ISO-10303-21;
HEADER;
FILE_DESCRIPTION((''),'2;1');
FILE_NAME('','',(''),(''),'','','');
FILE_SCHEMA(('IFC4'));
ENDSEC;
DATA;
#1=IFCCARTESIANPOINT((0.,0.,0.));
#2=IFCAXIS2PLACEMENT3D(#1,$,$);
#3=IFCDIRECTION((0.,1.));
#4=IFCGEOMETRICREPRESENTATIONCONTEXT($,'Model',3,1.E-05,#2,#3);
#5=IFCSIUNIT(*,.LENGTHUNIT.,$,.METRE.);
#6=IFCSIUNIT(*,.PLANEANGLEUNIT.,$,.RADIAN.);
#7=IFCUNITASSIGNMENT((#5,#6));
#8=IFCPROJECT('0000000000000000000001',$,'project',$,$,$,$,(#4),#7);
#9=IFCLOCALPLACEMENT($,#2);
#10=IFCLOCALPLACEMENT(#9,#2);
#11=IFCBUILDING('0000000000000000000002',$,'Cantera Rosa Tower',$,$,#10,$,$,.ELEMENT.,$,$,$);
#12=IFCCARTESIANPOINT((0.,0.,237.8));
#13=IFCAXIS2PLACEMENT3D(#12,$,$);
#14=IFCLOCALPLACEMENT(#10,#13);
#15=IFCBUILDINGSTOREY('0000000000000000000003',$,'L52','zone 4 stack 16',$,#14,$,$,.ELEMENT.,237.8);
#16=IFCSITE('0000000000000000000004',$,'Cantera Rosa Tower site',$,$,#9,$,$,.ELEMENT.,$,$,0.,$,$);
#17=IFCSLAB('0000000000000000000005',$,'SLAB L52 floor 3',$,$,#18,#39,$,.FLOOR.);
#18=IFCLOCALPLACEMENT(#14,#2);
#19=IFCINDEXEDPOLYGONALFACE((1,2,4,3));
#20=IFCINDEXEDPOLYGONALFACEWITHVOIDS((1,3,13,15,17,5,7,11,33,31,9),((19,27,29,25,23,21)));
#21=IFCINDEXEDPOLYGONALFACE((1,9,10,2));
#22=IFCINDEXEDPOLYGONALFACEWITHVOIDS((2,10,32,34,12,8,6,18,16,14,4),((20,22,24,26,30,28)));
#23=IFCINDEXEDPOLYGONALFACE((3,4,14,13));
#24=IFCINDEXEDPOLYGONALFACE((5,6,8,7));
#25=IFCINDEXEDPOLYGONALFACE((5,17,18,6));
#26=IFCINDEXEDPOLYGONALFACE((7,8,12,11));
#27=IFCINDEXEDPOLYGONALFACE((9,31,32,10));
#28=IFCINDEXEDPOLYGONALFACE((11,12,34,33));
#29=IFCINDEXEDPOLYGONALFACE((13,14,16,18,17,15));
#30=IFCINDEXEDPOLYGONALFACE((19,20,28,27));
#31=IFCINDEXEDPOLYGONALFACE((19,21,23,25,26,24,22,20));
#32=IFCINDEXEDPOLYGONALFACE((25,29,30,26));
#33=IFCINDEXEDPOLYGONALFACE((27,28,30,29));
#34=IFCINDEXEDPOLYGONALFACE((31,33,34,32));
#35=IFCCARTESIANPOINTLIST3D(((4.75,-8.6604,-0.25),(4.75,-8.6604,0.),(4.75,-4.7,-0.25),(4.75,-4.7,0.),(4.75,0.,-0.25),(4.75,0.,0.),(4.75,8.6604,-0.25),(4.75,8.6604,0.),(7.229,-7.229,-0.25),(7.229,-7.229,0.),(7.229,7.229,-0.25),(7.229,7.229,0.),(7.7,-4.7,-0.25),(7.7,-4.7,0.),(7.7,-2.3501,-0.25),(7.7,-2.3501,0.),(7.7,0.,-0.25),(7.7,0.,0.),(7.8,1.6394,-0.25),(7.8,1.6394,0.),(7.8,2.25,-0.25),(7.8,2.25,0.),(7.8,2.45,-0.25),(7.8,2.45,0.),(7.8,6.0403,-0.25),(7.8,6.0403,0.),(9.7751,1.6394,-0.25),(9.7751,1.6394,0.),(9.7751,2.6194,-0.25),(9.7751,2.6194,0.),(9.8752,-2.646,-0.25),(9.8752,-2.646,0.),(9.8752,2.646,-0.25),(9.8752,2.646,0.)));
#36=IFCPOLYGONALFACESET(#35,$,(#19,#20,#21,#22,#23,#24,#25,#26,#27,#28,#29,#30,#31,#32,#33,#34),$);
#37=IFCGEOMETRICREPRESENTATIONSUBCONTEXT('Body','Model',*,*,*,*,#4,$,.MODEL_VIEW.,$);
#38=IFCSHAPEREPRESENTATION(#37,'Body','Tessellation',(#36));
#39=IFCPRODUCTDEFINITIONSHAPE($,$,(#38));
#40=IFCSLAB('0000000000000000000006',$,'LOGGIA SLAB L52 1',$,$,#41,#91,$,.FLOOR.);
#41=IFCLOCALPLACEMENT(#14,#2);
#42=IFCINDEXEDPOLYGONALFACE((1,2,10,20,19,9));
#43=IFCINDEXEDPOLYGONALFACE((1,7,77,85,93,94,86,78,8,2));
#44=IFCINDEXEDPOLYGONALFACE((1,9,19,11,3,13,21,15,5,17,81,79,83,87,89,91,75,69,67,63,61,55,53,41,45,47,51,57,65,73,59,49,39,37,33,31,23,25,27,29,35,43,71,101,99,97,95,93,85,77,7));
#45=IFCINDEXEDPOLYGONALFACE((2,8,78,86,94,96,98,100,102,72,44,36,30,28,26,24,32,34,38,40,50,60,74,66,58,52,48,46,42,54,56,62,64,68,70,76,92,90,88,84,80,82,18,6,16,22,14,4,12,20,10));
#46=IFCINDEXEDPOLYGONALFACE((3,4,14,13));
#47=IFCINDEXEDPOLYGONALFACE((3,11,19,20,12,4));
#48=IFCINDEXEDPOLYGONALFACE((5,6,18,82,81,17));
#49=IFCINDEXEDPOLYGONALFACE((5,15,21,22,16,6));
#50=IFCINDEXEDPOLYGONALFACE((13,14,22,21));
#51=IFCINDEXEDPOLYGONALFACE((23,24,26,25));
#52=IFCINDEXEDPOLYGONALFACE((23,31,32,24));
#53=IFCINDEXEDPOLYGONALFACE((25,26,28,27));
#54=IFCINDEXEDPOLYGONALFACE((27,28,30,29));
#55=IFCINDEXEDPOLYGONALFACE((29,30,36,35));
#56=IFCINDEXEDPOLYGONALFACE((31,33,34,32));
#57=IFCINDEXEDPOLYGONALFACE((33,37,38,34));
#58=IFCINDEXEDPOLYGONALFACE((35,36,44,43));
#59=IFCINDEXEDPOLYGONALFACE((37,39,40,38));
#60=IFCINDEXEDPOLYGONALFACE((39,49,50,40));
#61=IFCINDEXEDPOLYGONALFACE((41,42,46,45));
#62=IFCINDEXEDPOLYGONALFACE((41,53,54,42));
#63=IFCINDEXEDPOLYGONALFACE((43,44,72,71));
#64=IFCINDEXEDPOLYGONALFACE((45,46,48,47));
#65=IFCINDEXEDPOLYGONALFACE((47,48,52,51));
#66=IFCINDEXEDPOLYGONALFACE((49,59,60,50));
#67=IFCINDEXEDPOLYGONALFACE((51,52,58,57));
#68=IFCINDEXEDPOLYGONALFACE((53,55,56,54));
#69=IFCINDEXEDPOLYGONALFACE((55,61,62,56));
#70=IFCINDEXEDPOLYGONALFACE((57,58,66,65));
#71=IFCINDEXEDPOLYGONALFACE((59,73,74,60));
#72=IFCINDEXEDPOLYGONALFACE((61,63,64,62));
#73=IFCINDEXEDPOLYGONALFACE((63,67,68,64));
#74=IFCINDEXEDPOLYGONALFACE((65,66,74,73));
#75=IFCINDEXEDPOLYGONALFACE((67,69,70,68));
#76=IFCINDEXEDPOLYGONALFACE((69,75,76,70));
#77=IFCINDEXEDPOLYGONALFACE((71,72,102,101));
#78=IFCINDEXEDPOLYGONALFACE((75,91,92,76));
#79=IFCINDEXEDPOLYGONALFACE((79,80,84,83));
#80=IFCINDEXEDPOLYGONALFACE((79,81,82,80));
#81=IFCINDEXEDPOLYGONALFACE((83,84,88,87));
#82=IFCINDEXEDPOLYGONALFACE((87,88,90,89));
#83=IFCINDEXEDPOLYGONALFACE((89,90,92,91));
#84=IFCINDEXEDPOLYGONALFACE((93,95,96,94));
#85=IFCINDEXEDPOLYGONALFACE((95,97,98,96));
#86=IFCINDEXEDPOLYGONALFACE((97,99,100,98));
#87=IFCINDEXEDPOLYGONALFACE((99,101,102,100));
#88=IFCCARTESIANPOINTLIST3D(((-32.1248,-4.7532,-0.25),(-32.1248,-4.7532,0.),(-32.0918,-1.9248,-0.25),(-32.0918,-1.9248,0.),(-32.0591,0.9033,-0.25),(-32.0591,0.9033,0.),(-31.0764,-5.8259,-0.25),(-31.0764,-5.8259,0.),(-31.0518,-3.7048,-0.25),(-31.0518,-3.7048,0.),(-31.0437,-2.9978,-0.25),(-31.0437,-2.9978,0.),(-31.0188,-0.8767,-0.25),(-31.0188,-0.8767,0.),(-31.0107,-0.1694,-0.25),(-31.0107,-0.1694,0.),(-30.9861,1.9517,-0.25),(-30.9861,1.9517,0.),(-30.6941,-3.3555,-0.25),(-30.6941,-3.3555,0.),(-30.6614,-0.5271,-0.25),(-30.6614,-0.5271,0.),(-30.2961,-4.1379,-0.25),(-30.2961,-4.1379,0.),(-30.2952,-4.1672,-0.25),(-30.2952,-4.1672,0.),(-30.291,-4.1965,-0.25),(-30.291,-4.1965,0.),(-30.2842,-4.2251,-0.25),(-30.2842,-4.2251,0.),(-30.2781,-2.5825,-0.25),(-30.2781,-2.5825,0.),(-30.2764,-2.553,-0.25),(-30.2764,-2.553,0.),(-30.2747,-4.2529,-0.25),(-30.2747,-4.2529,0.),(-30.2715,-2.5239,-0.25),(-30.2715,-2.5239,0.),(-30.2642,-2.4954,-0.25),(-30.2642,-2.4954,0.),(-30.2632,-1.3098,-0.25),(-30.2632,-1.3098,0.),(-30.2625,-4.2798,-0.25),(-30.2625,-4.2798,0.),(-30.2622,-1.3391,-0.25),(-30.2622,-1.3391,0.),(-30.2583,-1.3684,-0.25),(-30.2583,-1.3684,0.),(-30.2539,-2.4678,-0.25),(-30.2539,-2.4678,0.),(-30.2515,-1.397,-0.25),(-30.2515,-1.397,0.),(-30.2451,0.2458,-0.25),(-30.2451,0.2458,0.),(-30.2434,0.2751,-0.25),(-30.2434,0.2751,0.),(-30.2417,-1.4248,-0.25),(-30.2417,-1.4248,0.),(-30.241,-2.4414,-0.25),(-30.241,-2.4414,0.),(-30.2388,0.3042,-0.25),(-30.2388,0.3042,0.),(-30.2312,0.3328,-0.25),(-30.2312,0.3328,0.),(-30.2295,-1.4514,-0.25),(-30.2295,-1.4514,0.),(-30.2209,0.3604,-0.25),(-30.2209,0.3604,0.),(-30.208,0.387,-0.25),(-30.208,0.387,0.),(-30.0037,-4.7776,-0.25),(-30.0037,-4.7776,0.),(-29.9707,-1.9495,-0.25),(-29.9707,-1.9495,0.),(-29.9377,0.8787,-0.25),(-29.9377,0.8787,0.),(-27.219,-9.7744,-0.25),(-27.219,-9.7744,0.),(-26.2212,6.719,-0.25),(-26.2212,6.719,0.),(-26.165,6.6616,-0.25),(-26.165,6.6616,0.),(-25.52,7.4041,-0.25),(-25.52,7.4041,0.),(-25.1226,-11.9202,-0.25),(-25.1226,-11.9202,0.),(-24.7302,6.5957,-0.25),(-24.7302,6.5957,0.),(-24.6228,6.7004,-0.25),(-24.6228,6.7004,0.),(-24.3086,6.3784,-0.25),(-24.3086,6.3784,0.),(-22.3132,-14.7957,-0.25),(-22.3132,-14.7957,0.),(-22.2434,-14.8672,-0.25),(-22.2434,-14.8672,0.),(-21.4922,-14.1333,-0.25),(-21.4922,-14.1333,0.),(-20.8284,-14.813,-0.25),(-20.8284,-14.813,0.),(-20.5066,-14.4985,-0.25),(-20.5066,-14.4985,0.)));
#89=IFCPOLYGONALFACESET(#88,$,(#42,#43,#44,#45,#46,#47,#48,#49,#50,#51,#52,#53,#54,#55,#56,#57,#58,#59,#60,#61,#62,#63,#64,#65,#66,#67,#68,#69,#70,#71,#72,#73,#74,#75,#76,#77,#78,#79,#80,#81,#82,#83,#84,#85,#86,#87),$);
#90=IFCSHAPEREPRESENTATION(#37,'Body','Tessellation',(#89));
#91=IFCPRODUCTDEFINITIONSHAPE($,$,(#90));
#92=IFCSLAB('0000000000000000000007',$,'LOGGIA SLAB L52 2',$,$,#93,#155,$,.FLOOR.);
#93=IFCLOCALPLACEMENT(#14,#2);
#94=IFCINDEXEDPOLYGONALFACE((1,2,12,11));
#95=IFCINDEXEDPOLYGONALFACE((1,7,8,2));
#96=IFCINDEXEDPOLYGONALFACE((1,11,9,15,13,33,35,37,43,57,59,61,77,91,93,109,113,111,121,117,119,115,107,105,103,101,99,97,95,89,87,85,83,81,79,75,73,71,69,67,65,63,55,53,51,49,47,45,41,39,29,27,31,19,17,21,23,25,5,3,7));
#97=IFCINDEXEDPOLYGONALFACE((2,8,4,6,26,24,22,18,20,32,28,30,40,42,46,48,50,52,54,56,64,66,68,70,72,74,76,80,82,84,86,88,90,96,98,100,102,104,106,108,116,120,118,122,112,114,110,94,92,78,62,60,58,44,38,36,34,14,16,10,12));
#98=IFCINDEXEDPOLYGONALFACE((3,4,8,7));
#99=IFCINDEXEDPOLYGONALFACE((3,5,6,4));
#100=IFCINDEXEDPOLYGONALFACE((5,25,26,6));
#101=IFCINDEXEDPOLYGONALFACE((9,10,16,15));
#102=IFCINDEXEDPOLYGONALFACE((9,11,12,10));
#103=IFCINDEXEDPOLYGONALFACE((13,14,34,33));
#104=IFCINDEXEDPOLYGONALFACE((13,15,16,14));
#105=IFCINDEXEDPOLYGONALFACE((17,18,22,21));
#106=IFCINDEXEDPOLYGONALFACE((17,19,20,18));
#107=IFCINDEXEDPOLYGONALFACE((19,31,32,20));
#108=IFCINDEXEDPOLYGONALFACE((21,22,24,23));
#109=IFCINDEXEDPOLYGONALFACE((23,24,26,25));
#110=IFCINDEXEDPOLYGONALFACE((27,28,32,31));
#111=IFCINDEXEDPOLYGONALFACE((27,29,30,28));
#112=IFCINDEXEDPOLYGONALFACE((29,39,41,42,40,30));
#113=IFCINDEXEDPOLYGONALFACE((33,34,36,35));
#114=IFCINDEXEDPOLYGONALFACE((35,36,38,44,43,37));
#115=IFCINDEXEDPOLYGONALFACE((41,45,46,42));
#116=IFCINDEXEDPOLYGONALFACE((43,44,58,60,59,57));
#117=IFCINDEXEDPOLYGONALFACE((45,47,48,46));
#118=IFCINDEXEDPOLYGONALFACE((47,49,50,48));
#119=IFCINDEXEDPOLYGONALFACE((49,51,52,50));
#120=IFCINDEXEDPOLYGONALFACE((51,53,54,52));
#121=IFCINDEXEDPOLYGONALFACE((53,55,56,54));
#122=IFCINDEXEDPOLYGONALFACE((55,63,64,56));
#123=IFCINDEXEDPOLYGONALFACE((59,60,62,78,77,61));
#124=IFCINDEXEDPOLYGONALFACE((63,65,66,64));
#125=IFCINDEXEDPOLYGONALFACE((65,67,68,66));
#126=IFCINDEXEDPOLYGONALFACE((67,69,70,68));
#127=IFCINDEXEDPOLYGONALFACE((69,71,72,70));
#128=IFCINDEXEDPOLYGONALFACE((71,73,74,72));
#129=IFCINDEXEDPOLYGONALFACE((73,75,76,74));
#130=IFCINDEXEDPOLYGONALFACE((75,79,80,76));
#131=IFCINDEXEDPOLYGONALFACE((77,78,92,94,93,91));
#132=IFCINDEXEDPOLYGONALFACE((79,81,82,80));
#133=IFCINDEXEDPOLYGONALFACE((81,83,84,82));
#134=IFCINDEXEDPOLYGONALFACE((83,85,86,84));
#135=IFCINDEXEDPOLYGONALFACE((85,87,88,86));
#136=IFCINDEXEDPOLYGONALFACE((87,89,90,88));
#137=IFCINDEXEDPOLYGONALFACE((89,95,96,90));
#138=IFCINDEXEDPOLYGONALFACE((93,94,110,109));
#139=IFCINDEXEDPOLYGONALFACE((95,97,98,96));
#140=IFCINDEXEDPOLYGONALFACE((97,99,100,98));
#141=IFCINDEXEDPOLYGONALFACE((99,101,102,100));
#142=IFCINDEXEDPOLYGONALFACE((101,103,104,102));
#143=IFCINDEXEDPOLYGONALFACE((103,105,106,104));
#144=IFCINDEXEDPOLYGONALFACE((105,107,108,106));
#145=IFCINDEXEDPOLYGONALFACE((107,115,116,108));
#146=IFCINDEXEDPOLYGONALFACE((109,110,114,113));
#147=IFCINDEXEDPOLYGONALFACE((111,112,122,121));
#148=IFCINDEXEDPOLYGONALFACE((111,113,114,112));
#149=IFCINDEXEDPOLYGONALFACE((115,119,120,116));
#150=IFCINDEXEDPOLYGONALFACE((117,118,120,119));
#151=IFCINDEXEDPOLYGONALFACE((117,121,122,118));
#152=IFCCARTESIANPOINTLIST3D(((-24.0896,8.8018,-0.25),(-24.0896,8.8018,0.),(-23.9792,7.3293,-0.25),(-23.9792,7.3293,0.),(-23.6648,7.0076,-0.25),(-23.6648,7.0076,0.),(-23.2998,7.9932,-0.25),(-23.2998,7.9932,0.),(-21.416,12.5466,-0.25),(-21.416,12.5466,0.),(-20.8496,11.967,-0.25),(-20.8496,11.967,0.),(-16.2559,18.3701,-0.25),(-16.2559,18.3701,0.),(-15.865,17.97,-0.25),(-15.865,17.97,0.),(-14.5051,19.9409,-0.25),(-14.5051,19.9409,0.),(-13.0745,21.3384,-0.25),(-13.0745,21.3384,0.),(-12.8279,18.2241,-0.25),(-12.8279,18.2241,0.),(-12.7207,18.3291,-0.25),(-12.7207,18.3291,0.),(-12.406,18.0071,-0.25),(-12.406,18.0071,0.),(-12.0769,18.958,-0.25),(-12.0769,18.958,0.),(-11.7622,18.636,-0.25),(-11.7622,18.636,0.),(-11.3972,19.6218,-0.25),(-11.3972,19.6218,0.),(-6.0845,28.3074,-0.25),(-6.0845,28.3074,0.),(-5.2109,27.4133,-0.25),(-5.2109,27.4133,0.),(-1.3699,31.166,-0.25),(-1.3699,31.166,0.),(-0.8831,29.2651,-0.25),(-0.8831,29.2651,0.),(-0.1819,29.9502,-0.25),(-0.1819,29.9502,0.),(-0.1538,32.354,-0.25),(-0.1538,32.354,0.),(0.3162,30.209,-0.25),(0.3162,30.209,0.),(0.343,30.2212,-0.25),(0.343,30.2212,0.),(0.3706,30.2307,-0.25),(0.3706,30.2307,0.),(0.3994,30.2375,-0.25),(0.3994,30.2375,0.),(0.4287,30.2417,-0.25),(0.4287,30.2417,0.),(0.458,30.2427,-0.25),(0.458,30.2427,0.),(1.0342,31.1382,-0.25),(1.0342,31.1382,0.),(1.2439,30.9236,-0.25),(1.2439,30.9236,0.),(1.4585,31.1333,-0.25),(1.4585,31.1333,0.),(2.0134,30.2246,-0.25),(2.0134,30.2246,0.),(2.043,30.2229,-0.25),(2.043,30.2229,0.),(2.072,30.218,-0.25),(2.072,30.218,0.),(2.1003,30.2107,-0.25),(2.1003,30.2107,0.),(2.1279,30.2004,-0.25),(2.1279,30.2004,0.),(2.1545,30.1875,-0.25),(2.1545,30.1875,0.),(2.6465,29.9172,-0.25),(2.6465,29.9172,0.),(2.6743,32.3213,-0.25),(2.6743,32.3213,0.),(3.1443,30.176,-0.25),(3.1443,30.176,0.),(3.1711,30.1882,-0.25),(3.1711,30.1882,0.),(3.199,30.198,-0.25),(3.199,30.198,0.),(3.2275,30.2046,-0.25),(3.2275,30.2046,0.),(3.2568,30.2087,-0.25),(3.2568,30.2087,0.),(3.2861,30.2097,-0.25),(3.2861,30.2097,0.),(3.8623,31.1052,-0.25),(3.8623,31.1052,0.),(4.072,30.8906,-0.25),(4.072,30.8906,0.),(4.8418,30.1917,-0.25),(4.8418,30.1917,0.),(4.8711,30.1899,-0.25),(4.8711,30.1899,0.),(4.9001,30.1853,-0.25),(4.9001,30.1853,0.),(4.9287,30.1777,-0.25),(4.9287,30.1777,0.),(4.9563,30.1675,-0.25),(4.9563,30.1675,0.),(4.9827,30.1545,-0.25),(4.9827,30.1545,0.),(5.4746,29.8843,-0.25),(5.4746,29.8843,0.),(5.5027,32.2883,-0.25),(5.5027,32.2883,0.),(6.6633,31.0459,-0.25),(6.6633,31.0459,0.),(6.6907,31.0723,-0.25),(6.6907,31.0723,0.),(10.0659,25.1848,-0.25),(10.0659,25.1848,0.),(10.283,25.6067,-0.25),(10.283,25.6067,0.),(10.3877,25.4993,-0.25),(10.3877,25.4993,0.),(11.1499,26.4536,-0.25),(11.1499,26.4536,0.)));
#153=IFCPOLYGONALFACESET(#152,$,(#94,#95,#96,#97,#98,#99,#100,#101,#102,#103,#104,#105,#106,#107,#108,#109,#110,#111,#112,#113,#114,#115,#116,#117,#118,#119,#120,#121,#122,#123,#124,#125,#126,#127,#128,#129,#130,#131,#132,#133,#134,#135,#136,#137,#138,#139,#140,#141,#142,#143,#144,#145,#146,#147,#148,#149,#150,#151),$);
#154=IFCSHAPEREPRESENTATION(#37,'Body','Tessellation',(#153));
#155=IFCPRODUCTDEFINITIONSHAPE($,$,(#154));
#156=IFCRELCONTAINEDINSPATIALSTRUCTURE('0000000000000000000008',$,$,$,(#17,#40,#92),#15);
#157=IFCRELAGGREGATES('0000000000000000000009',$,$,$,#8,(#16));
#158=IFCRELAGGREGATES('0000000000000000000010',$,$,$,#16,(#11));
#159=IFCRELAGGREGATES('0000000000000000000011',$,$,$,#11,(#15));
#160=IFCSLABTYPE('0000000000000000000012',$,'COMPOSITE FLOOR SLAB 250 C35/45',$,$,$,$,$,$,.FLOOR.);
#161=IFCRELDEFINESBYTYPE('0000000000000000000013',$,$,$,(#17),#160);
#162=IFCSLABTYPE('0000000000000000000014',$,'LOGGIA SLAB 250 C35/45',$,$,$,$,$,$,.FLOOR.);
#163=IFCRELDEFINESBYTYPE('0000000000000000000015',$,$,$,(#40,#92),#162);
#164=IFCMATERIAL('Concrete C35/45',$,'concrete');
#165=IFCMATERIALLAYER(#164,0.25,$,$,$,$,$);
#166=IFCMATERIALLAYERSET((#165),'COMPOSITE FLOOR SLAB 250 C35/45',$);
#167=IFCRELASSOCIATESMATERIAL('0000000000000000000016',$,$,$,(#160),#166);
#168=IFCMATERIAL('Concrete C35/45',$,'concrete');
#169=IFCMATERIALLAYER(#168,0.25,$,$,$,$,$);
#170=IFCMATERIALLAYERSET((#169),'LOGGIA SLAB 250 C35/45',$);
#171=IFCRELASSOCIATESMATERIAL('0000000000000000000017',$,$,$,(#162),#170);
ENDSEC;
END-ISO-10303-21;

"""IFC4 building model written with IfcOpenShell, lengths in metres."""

from ifc_helpers import new_model, si_unit, direction, frame, origin, place, context, subcontext, project, spatial, polyline, outline, extrude, material, layer, layer_set, type_object, element, save


model = new_model("IFC4")

# Units and contexts
model_context = context("Model", 3, precision=1e-05, world=origin(), true_north=direction((0.0, 1.0)))
body_context = subcontext(model_context, "Body", "Model", "MODEL_VIEW")
ifc_project = project(units=[si_unit("LENGTHUNIT", "METRE"), si_unit("PLANEANGLEUNIT", "RADIAN")], contexts=[model_context])

# Site, building, storey
site_placement = place(None, origin())
site = spatial("IfcSite", under=ifc_project, at=site_placement, Name="Cantera Rosa Tower site", CompositionType="ELEMENT", RefElevation=0.0)
building_placement = place(site_placement, origin())
building = spatial("IfcBuilding", under=site, at=building_placement, Name="Cantera Rosa Tower", CompositionType="ELEMENT")
storey_placement = place(building_placement, frame((0.0, 0.0, 237.8)))
storey = spatial("IfcBuildingStorey", under=building, at=storey_placement, Name="L52", Description="zone 4 stack 16", CompositionType="ELEMENT", Elevation=237.8)

# Slabs
ifc_material_1 = material(Name="Concrete C35/45", Category="concrete")
ifc_layer_1 = layer(ifc_material_1, 0.25)
ifc_layer_set_1 = layer_set([ifc_layer_1], Name="COMPOSITE FLOOR SLAB 250 C35/45")
slab_type_1 = type_object("IfcSlabType", Name="COMPOSITE FLOOR SLAB 250 C35/45", PredefinedType="FLOOR", material=ifc_layer_set_1)
slab_1_placement = place(storey_placement, frame((0.0, 0.0, -0.25)))
element("IfcSlab", 1, at=slab_1_placement, inside=storey, type_object=slab_type_1, Name="SLAB L52 floor 3", PredefinedType="FLOOR", context=body_context, shape_type="SweptSolid", body=[
    extrude(outline(polyline([(4.75, 0.0), (4.75, 8.6604), (7.229, 7.229), (9.8752, 2.646), (9.8752, -2.646), (7.229, -7.229), (4.75, -8.6604), (4.75, -4.7), (7.7, -4.7), (7.7, -2.3501), (7.7, 0.0), (4.75, 0.0)]), holes=[polyline([(7.8, 2.25), (7.8, 1.6394), (9.7751, 1.6394), (9.7751, 2.6194), (7.8, 6.0403), (7.8, 2.45), (7.8, 2.25)])]), origin(), (0.0, 0.0, 1.0), 0.25),
])
ifc_material_2 = material(Name="Concrete C35/45", Category="concrete")
ifc_layer_2 = layer(ifc_material_2, 0.25)
ifc_layer_set_2 = layer_set([ifc_layer_2], Name="LOGGIA SLAB 250 C35/45")
slab_type_2 = type_object("IfcSlabType", Name="LOGGIA SLAB 250 C35/45", PredefinedType="FLOOR", material=ifc_layer_set_2)
slab_2_placement = place(storey_placement, frame((0.0, 0.0, -0.25)))
element("IfcSlab", 2, at=slab_2_placement, inside=storey, type_object=slab_type_2, Name="LOGGIA SLAB L52 1", PredefinedType="FLOOR", context=body_context, shape_type="SweptSolid", body=[
    extrude(outline(polyline([(-32.1248, -4.7532), (-31.0518, -3.7048), (-30.6941, -3.3555), (-31.0437, -2.9978), (-32.0918, -1.9248), (-31.0188, -0.8767), (-30.6614, -0.5271), (-31.0107, -0.1694), (-32.0591, 0.9033), (-30.9861, 1.9517), (-26.165, 6.6616), (-26.2212, 6.719), (-25.52, 7.4041), (-24.7302, 6.5957), (-24.6228, 6.7004), (-24.3086, 6.3784), (-29.9377, 0.8787), (-30.208, 0.387), (-30.2209, 0.3604), (-30.2312, 0.3328), (-30.2388, 0.3042), (-30.2434, 0.2751), (-30.2451, 0.2458), (-30.2632, -1.3098), (-30.2622, -1.3391), (-30.2583, -1.3684), (-30.2515, -1.397), (-30.2417, -1.4248), (-30.2295, -1.4514), (-29.9707, -1.9495), (-30.241, -2.4414), (-30.2539, -2.4678), (-30.2642, -2.4954), (-30.2715, -2.5239), (-30.2764, -2.553), (-30.2781, -2.5825), (-30.2961, -4.1379), (-30.2952, -4.1672), (-30.291, -4.1965), (-30.2842, -4.2251), (-30.2747, -4.2529), (-30.2625, -4.2798), (-30.0037, -4.7776), (-20.5066, -14.4985), (-20.8284, -14.813), (-21.4922, -14.1333), (-22.2434, -14.8672), (-22.3132, -14.7957), (-25.1226, -11.9202), (-27.219, -9.7744), (-31.0764, -5.8259), (-32.1248, -4.7532)])), origin(), (0.0, 0.0, 1.0), 0.25),
])
slab_3_placement = place(storey_placement, frame((0.0, 0.0, -0.25)))
element("IfcSlab", 3, at=slab_3_placement, inside=storey, type_object=slab_type_2, Name="LOGGIA SLAB L52 2", PredefinedType="FLOOR", context=body_context, shape_type="SweptSolid", body=[
    extrude(outline(polyline([(-5.2109, 27.4133), (-1.3699, 31.166), (-0.1538, 32.354), (1.0342, 31.1382), (1.2439, 30.9236), (1.4585, 31.1333), (2.6743, 32.3213), (3.8623, 31.1052), (4.072, 30.8906), (5.5027, 32.2883), (6.6907, 31.0723), (6.6633, 31.0459), (11.1499, 26.4536), (10.283, 25.6067), (10.3877, 25.4993), (10.0659, 25.1848), (5.4746, 29.8843), (4.9827, 30.1545), (4.9563, 30.1675), (4.9287, 30.1777), (4.9001, 30.1853), (4.8711, 30.1899), (4.8418, 30.1917), (3.2861, 30.2097), (3.2568, 30.2087), (3.2275, 30.2046), (3.199, 30.198), (3.1711, 30.1882), (3.1443, 30.176), (2.6465, 29.9172), (2.1545, 30.1875), (2.1279, 30.2004), (2.1003, 30.2107), (2.072, 30.218), (2.043, 30.2229), (2.0134, 30.2246), (0.458, 30.2427), (0.4287, 30.2417), (0.3994, 30.2375), (0.3706, 30.2307), (0.343, 30.2212), (0.3162, 30.209), (-0.1819, 29.9502), (-0.8831, 29.2651), (-11.7622, 18.636), (-12.0769, 18.958), (-11.3972, 19.6218), (-13.0745, 21.3384), (-14.5051, 19.9409), (-12.8279, 18.2241), (-12.7207, 18.3291), (-12.406, 18.0071), (-23.6648, 7.0076), (-23.9792, 7.3293), (-23.2998, 7.9932), (-24.0896, 8.8018), (-20.8496, 11.967), (-21.416, 12.5466), (-15.865, 17.97), (-16.2559, 18.3701), (-6.0845, 28.3074), (-5.2109, 27.4133)])), origin(), (0.0, 0.0, 1.0), 0.25),
])

save(model, "model.ifc")
